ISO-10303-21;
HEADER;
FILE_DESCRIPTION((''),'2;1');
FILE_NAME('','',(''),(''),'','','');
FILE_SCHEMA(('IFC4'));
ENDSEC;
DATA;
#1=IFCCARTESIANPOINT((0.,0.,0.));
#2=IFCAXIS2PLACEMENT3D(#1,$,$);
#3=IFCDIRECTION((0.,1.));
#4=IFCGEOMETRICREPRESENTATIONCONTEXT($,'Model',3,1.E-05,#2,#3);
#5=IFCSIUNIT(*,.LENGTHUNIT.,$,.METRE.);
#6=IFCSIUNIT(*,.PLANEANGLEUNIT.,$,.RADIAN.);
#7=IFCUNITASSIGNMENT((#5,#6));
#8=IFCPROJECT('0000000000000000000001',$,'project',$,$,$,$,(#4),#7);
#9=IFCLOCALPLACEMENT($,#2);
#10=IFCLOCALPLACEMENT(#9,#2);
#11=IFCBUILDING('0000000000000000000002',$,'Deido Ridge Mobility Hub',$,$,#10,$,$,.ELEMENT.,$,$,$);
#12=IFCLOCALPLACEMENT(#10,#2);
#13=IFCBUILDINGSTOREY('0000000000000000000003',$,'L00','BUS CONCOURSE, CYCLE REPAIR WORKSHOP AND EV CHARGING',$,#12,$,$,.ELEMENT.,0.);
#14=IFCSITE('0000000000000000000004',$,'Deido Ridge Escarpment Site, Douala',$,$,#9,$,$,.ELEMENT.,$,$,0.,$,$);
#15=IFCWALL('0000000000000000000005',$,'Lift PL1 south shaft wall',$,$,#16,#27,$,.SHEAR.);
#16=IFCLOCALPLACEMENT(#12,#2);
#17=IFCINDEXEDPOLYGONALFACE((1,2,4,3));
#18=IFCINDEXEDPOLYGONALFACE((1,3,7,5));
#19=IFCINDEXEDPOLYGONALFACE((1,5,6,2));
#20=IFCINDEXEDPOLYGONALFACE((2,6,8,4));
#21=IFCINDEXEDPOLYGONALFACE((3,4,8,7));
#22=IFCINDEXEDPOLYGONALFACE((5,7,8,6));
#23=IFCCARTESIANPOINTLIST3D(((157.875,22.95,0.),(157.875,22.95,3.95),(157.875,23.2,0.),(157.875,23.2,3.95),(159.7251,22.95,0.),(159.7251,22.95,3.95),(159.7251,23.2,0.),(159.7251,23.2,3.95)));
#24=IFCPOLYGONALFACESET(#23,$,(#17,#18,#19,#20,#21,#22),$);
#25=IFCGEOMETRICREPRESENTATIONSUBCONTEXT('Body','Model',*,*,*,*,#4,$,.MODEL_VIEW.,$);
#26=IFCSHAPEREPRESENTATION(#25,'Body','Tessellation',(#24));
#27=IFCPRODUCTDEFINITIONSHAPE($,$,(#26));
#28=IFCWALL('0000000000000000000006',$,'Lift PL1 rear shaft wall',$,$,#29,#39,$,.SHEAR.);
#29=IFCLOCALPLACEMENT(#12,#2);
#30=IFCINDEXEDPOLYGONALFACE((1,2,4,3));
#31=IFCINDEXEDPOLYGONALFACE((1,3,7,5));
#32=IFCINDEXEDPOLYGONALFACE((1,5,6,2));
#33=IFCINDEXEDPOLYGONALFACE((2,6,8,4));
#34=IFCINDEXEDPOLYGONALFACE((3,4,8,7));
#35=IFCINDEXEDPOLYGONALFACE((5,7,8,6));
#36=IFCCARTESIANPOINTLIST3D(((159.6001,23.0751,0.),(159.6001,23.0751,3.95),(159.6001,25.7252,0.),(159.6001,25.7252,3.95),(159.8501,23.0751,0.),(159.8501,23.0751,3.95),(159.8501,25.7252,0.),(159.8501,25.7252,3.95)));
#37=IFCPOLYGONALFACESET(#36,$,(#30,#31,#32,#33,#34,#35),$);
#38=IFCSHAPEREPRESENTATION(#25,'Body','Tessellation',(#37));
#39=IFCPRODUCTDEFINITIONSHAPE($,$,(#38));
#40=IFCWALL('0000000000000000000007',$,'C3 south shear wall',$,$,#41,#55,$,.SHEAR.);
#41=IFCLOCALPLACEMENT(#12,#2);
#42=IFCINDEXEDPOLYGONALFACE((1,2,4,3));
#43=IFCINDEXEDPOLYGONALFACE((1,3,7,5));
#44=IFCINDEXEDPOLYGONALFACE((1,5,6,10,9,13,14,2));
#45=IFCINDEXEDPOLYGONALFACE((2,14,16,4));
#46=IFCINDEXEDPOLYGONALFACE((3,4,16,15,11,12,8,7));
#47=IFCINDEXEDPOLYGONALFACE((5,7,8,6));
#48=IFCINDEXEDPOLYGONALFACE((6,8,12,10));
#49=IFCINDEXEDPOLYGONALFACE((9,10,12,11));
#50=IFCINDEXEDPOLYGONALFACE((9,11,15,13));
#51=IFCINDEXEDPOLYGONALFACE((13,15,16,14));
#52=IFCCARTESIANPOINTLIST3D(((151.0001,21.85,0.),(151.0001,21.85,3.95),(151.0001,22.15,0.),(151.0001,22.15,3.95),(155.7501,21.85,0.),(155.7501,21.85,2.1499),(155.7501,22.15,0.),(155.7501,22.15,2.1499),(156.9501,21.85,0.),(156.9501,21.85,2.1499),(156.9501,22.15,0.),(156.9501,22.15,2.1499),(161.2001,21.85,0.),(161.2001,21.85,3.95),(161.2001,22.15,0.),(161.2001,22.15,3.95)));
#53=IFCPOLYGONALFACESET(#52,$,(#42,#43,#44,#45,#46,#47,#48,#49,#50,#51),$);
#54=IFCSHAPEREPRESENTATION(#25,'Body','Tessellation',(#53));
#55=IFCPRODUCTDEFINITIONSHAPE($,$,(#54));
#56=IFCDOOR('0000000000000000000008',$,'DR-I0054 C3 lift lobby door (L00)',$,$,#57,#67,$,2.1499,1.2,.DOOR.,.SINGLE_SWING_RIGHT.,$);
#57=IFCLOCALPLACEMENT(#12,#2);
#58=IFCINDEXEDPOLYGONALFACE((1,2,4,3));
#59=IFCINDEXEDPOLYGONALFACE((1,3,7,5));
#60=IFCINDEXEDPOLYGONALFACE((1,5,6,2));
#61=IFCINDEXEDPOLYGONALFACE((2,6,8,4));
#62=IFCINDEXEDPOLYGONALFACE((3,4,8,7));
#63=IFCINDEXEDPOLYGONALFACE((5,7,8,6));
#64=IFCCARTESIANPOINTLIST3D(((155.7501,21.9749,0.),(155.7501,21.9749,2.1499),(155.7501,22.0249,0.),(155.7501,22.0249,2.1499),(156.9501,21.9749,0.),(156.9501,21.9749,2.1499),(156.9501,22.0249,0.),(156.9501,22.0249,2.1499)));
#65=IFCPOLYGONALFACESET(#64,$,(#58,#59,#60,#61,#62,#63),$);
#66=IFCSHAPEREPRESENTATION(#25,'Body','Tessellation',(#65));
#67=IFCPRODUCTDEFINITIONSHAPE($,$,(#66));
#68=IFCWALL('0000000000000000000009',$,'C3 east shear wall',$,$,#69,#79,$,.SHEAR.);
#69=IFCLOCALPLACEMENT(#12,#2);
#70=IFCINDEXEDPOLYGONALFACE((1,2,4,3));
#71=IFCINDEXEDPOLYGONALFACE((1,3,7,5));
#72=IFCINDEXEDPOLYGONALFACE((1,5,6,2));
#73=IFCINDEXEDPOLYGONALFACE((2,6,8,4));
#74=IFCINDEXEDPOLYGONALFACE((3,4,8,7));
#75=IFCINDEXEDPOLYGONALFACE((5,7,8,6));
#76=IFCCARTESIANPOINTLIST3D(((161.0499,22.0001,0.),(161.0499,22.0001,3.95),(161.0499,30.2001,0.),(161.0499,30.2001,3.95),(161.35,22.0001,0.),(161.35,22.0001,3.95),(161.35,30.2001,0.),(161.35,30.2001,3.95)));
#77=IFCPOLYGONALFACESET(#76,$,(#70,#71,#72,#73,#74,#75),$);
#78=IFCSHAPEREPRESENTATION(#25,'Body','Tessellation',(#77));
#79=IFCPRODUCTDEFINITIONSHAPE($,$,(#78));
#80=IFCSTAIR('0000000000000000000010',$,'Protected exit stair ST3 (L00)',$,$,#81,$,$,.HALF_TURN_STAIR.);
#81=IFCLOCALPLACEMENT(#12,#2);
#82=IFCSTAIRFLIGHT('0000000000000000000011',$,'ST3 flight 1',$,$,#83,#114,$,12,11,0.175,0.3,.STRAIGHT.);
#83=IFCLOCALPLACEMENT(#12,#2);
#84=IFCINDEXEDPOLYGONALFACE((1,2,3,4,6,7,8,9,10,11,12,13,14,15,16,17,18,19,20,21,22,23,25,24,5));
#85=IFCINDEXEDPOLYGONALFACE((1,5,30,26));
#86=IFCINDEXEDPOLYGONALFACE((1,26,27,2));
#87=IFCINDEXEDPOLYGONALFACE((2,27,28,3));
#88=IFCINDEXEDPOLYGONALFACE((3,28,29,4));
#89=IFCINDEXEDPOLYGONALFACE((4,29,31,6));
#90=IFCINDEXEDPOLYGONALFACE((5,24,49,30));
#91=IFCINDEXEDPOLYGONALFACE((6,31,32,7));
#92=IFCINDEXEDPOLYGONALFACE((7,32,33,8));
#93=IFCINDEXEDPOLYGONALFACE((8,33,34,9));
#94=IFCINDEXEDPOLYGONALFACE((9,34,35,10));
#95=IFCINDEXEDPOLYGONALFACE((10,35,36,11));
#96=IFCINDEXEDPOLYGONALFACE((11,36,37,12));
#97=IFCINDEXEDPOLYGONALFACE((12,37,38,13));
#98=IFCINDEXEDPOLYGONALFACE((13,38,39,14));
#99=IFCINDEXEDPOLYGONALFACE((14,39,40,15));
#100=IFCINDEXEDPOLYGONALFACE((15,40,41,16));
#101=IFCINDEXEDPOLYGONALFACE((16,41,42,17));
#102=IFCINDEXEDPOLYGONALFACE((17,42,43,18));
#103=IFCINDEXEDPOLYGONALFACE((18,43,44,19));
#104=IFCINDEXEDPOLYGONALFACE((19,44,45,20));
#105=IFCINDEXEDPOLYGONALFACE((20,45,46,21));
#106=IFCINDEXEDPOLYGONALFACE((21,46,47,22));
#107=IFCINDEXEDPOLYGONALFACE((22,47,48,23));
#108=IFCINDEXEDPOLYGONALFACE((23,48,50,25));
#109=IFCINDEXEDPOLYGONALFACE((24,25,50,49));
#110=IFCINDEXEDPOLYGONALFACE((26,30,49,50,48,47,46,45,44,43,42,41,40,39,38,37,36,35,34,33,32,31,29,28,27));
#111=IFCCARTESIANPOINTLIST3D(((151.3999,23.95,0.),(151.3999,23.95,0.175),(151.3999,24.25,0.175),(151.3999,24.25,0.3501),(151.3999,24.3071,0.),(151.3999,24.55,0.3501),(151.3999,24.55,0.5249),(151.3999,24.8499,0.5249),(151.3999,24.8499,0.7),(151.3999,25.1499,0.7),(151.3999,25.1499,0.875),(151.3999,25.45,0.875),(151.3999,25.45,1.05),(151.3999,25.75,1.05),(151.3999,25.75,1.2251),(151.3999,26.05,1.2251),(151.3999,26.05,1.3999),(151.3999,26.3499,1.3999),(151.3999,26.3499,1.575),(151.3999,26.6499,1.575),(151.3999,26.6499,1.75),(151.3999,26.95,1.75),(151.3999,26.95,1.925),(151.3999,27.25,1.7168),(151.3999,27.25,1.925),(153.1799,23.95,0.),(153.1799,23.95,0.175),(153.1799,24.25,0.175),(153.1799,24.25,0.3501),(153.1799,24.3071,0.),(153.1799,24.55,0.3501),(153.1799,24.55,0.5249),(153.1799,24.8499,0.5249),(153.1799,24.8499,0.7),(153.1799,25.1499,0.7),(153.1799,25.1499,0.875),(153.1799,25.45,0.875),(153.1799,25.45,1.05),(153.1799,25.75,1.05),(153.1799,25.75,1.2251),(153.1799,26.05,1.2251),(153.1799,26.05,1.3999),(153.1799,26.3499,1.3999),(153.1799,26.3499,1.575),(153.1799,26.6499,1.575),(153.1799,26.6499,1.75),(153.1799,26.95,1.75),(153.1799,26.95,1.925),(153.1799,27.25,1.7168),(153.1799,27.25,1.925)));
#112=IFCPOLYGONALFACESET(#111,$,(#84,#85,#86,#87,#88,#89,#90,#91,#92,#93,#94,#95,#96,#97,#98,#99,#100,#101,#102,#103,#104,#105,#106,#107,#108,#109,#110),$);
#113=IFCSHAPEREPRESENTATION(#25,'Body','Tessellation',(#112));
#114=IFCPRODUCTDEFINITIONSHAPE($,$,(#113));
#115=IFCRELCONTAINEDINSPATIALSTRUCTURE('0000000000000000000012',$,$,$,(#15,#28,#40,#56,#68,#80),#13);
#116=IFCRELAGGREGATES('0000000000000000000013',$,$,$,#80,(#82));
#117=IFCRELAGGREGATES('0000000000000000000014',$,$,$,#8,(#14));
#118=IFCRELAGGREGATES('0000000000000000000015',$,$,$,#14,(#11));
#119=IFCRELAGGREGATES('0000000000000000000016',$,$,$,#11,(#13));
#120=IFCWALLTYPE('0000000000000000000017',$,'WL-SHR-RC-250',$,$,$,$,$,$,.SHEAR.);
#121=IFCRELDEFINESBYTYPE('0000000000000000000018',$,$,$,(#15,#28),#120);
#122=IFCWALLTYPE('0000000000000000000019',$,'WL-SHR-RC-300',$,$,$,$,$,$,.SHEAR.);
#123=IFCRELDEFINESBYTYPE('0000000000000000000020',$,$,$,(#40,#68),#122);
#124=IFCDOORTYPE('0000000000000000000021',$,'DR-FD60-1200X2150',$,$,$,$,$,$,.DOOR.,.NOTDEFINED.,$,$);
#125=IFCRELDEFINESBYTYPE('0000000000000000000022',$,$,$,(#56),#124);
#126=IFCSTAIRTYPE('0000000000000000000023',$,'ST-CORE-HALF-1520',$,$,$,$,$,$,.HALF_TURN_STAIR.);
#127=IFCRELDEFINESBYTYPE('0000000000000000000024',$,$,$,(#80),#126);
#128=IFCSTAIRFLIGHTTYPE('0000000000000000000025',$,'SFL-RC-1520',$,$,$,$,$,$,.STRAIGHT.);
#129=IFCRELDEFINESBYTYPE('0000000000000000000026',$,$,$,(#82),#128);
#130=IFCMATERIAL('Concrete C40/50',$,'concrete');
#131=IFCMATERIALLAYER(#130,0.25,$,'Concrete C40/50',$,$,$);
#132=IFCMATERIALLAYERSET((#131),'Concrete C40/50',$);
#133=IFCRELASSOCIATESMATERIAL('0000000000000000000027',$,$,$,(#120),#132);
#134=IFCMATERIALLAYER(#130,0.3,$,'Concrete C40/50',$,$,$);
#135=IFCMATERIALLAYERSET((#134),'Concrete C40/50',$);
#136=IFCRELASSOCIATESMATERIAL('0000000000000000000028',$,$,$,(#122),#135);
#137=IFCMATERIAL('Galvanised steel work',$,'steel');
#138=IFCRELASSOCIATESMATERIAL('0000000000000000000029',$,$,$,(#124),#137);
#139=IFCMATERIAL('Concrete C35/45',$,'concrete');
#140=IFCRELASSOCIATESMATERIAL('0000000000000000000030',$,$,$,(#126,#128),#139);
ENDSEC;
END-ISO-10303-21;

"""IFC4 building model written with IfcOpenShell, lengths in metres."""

from ifc_helpers import new_model, si_unit, direction, frame, frame_2d, origin, place, context, subcontext, project, spatial, polyline, rectangle, outline, extrude, material, layer, layer_set, type_object, element, fill, aggregate, save


model = new_model("IFC4")

# Units and contexts
model_context = context("Model", 3, precision=1e-05, world=origin(), true_north=direction((0.0, 1.0)))
body_context = subcontext(model_context, "Body", "Model", "MODEL_VIEW")
ifc_project = project(units=[si_unit("LENGTHUNIT", "METRE"), si_unit("PLANEANGLEUNIT", "RADIAN")], contexts=[model_context])

# Site, building, storey
site_placement = place(None, origin())
site = spatial("IfcSite", under=ifc_project, at=site_placement, Name="Deido Ridge Escarpment Site, Douala", CompositionType="ELEMENT", RefElevation=0.0)
building_placement = place(site_placement, origin())
building = spatial("IfcBuilding", under=site, at=building_placement, Name="Deido Ridge Mobility Hub", CompositionType="ELEMENT")
storey_placement = place(building_placement, origin())
storey = spatial("IfcBuildingStorey", under=building, at=storey_placement, Name="L00", Description="BUS CONCOURSE, CYCLE REPAIR WORKSHOP AND EV CHARGING", CompositionType="ELEMENT", Elevation=0.0)

# Shared definitions
ifc_material_1 = material(Name="Concrete C40/50", Category="concrete")
ifc_layer_1 = layer(ifc_material_1, 0.25, Name="Concrete C40/50")
ifc_layer_set_1 = layer_set([ifc_layer_1], Name="Concrete C40/50")
wall_type_1 = type_object("IfcWallType", Name="WL-SHR-RC-250", PredefinedType="SHEAR", material=ifc_layer_set_1)
ifc_material_2 = material(Name="Galvanised steel work", Category="steel")

# Walls
wall_1_placement = place(storey_placement, frame((157.875, 23.075, 0.0), z_axis=(0.0, 0.0, 1.0), x_axis=(1.0, 0.0, 0.0)))
element("IfcWall", 1, at=wall_1_placement, inside=storey, type_object=wall_type_1, Name="Lift PL1 south shaft wall", PredefinedType="SHEAR", context=body_context, shape_type="SweptSolid", body=[
    extrude(rectangle(XDim=1.8501, YDim=0.25, at=frame_2d((0.925, 0.0))), origin(), (0.0, 0.0, 1.0), 3.95),
])
wall_2_placement = place(storey_placement, frame((159.7251, 23.075, 0.0), z_axis=(0.0, 0.0, 1.0), x_axis=(0.0, 1.0, 0.0)))
element("IfcWall", 2, at=wall_2_placement, inside=storey, type_object=wall_type_1, Name="Lift PL1 rear shaft wall", PredefinedType="SHEAR", context=body_context, shape_type="SweptSolid", body=[
    extrude(rectangle(XDim=2.6501, YDim=0.25, at=frame_2d((1.3252, 0.0))), origin(), (0.0, 0.0, 1.0), 3.95),
])

# Wall, opening, door
ifc_layer_2 = layer(ifc_material_1, 0.3, Name="Concrete C40/50")
ifc_layer_set_2 = layer_set([ifc_layer_2], Name="Concrete C40/50")
wall_type_2 = type_object("IfcWallType", Name="WL-SHR-RC-300", PredefinedType="SHEAR", material=ifc_layer_set_2)
wall_3_placement = place(storey_placement, frame((151.0, 22.0, 0.0), z_axis=(0.0, 0.0, 1.0), x_axis=(1.0, 0.0, 0.0)))
wall_3 = element("IfcWall", 3, at=wall_3_placement, inside=storey, type_object=wall_type_2, Name="C3 south shear wall", PredefinedType="SHEAR", context=body_context, shape_type="SweptSolid", body=[
    extrude(rectangle(XDim=10.2, YDim=0.3, at=frame_2d((5.1001, 0.0))), origin(), (0.0, 0.0, 1.0), 3.95),
])
opening_1_placement = place(wall_3_placement, frame((4.75, 0.0, 0.0)))
opening_1 = element("IfcOpeningElement", 4, at=opening_1_placement, cuts=wall_3, PredefinedType="OPENING", context=body_context, shape_type="SweptSolid", body=[
    extrude(rectangle(XDim=1.2, YDim=2.1499, at=frame_2d((0.6001, 1.075))), frame((0.0, 0.1602, 0.0), z_axis=(0.0, -1.0, 0.0), x_axis=(1.0, 0.0, 0.0)), (0.0, 0.0, 1.0), 0.3201),
])
door_type_1 = type_object("IfcDoorType", Name="DR-FD60-1200X2150", OperationType="NOTDEFINED", PredefinedType="DOOR", material=ifc_material_2)
door_1_placement = place(opening_1_placement, origin())
door_1 = element("IfcDoor", 5, at=door_1_placement, inside=storey, type_object=door_type_1, Name="DR-I0054 C3 lift lobby door (L00)", OperationType="SINGLE_SWING_RIGHT", OverallHeight=2.1499, OverallWidth=1.2, PredefinedType="DOOR", context=body_context, shape_type="SweptSolid", body=[
    extrude(rectangle(XDim=1.2, YDim=2.1499, at=frame_2d((0.6001, 1.075))), frame((0.0, 0.0249, 0.0), z_axis=(0.0, -1.0, 0.0), x_axis=(1.0, 0.0, 0.0)), (0.0, 0.0, 1.0), 0.05),
])
fill(opening_1, door_1)

# Wall
wall_4_placement = place(storey_placement, frame((161.2, 22.0, 0.0), z_axis=(0.0, 0.0, 1.0), x_axis=(0.0, 1.0, 0.0)))
element("IfcWall", 6, at=wall_4_placement, inside=storey, type_object=wall_type_2, Name="C3 east shear wall", PredefinedType="SHEAR", context=body_context, shape_type="SweptSolid", body=[
    extrude(rectangle(XDim=8.2, YDim=0.3, at=frame_2d((4.1001, 0.0))), origin(), (0.0, 0.0, 1.0), 3.95),
])

# Stair, stair flight
ifc_material_3 = material(Name="Concrete C35/45", Category="concrete")
stair_type = type_object("IfcStairType", Name="ST-CORE-HALF-1520", PredefinedType="HALF_TURN_STAIR", material=ifc_material_3)
stair_placement = place(storey_placement, origin())
stair = element("IfcStair", 7, at=stair_placement, inside=storey, type_object=stair_type, Name="Protected exit stair ST3 (L00)", PredefinedType="HALF_TURN_STAIR")
stair_flight_type = type_object("IfcStairFlightType", Name="SFL-RC-1520", PredefinedType="STRAIGHT", material=ifc_material_3)
stair_flight_placement = place(storey_placement, frame((152.29, 23.95, 0.0), z_axis=(0.0, 0.0, 1.0), x_axis=(0.0, 1.0, 0.0)))
stair_flight = element("IfcStairFlight", 8, at=stair_flight_placement, type_object=stair_flight_type, Name="ST3 flight 1", NumberOfRisers=12, NumberOfTreads=11, PredefinedType="STRAIGHT", RiserHeight=0.175, TreadLength=0.3, context=body_context, shape_type="SweptSolid", body=[
    extrude(outline(polyline([(0.0, 0.0), (0.0, 0.175), (0.3, 0.175), (0.3, 0.3501), (0.6001, 0.3501), (0.6001, 0.5249), (0.8999, 0.5249), (0.8999, 0.7), (1.2, 0.7), (1.2, 0.875), (1.5, 0.875), (1.5, 1.05), (1.8, 1.05), (1.8, 1.2251), (2.1001, 1.2251), (2.1001, 1.3999), (2.3999, 1.3999), (2.3999, 1.575), (2.7, 1.575), (2.7, 1.75), (3.0, 1.75), (3.0, 1.925), (3.3, 1.925), (3.3, 2.1001), (3.3, 1.7168), (0.3572, 0.0), (0.0, 0.0)])), frame((0.0, 0.8901, 0.0), z_axis=(0.0, -1.0, 0.0), x_axis=(1.0, 0.0, 0.0)), (0.0, 0.0, 1.0), 1.78),
])
aggregate(stair, [stair_flight])

save(model, "model.ifc")
